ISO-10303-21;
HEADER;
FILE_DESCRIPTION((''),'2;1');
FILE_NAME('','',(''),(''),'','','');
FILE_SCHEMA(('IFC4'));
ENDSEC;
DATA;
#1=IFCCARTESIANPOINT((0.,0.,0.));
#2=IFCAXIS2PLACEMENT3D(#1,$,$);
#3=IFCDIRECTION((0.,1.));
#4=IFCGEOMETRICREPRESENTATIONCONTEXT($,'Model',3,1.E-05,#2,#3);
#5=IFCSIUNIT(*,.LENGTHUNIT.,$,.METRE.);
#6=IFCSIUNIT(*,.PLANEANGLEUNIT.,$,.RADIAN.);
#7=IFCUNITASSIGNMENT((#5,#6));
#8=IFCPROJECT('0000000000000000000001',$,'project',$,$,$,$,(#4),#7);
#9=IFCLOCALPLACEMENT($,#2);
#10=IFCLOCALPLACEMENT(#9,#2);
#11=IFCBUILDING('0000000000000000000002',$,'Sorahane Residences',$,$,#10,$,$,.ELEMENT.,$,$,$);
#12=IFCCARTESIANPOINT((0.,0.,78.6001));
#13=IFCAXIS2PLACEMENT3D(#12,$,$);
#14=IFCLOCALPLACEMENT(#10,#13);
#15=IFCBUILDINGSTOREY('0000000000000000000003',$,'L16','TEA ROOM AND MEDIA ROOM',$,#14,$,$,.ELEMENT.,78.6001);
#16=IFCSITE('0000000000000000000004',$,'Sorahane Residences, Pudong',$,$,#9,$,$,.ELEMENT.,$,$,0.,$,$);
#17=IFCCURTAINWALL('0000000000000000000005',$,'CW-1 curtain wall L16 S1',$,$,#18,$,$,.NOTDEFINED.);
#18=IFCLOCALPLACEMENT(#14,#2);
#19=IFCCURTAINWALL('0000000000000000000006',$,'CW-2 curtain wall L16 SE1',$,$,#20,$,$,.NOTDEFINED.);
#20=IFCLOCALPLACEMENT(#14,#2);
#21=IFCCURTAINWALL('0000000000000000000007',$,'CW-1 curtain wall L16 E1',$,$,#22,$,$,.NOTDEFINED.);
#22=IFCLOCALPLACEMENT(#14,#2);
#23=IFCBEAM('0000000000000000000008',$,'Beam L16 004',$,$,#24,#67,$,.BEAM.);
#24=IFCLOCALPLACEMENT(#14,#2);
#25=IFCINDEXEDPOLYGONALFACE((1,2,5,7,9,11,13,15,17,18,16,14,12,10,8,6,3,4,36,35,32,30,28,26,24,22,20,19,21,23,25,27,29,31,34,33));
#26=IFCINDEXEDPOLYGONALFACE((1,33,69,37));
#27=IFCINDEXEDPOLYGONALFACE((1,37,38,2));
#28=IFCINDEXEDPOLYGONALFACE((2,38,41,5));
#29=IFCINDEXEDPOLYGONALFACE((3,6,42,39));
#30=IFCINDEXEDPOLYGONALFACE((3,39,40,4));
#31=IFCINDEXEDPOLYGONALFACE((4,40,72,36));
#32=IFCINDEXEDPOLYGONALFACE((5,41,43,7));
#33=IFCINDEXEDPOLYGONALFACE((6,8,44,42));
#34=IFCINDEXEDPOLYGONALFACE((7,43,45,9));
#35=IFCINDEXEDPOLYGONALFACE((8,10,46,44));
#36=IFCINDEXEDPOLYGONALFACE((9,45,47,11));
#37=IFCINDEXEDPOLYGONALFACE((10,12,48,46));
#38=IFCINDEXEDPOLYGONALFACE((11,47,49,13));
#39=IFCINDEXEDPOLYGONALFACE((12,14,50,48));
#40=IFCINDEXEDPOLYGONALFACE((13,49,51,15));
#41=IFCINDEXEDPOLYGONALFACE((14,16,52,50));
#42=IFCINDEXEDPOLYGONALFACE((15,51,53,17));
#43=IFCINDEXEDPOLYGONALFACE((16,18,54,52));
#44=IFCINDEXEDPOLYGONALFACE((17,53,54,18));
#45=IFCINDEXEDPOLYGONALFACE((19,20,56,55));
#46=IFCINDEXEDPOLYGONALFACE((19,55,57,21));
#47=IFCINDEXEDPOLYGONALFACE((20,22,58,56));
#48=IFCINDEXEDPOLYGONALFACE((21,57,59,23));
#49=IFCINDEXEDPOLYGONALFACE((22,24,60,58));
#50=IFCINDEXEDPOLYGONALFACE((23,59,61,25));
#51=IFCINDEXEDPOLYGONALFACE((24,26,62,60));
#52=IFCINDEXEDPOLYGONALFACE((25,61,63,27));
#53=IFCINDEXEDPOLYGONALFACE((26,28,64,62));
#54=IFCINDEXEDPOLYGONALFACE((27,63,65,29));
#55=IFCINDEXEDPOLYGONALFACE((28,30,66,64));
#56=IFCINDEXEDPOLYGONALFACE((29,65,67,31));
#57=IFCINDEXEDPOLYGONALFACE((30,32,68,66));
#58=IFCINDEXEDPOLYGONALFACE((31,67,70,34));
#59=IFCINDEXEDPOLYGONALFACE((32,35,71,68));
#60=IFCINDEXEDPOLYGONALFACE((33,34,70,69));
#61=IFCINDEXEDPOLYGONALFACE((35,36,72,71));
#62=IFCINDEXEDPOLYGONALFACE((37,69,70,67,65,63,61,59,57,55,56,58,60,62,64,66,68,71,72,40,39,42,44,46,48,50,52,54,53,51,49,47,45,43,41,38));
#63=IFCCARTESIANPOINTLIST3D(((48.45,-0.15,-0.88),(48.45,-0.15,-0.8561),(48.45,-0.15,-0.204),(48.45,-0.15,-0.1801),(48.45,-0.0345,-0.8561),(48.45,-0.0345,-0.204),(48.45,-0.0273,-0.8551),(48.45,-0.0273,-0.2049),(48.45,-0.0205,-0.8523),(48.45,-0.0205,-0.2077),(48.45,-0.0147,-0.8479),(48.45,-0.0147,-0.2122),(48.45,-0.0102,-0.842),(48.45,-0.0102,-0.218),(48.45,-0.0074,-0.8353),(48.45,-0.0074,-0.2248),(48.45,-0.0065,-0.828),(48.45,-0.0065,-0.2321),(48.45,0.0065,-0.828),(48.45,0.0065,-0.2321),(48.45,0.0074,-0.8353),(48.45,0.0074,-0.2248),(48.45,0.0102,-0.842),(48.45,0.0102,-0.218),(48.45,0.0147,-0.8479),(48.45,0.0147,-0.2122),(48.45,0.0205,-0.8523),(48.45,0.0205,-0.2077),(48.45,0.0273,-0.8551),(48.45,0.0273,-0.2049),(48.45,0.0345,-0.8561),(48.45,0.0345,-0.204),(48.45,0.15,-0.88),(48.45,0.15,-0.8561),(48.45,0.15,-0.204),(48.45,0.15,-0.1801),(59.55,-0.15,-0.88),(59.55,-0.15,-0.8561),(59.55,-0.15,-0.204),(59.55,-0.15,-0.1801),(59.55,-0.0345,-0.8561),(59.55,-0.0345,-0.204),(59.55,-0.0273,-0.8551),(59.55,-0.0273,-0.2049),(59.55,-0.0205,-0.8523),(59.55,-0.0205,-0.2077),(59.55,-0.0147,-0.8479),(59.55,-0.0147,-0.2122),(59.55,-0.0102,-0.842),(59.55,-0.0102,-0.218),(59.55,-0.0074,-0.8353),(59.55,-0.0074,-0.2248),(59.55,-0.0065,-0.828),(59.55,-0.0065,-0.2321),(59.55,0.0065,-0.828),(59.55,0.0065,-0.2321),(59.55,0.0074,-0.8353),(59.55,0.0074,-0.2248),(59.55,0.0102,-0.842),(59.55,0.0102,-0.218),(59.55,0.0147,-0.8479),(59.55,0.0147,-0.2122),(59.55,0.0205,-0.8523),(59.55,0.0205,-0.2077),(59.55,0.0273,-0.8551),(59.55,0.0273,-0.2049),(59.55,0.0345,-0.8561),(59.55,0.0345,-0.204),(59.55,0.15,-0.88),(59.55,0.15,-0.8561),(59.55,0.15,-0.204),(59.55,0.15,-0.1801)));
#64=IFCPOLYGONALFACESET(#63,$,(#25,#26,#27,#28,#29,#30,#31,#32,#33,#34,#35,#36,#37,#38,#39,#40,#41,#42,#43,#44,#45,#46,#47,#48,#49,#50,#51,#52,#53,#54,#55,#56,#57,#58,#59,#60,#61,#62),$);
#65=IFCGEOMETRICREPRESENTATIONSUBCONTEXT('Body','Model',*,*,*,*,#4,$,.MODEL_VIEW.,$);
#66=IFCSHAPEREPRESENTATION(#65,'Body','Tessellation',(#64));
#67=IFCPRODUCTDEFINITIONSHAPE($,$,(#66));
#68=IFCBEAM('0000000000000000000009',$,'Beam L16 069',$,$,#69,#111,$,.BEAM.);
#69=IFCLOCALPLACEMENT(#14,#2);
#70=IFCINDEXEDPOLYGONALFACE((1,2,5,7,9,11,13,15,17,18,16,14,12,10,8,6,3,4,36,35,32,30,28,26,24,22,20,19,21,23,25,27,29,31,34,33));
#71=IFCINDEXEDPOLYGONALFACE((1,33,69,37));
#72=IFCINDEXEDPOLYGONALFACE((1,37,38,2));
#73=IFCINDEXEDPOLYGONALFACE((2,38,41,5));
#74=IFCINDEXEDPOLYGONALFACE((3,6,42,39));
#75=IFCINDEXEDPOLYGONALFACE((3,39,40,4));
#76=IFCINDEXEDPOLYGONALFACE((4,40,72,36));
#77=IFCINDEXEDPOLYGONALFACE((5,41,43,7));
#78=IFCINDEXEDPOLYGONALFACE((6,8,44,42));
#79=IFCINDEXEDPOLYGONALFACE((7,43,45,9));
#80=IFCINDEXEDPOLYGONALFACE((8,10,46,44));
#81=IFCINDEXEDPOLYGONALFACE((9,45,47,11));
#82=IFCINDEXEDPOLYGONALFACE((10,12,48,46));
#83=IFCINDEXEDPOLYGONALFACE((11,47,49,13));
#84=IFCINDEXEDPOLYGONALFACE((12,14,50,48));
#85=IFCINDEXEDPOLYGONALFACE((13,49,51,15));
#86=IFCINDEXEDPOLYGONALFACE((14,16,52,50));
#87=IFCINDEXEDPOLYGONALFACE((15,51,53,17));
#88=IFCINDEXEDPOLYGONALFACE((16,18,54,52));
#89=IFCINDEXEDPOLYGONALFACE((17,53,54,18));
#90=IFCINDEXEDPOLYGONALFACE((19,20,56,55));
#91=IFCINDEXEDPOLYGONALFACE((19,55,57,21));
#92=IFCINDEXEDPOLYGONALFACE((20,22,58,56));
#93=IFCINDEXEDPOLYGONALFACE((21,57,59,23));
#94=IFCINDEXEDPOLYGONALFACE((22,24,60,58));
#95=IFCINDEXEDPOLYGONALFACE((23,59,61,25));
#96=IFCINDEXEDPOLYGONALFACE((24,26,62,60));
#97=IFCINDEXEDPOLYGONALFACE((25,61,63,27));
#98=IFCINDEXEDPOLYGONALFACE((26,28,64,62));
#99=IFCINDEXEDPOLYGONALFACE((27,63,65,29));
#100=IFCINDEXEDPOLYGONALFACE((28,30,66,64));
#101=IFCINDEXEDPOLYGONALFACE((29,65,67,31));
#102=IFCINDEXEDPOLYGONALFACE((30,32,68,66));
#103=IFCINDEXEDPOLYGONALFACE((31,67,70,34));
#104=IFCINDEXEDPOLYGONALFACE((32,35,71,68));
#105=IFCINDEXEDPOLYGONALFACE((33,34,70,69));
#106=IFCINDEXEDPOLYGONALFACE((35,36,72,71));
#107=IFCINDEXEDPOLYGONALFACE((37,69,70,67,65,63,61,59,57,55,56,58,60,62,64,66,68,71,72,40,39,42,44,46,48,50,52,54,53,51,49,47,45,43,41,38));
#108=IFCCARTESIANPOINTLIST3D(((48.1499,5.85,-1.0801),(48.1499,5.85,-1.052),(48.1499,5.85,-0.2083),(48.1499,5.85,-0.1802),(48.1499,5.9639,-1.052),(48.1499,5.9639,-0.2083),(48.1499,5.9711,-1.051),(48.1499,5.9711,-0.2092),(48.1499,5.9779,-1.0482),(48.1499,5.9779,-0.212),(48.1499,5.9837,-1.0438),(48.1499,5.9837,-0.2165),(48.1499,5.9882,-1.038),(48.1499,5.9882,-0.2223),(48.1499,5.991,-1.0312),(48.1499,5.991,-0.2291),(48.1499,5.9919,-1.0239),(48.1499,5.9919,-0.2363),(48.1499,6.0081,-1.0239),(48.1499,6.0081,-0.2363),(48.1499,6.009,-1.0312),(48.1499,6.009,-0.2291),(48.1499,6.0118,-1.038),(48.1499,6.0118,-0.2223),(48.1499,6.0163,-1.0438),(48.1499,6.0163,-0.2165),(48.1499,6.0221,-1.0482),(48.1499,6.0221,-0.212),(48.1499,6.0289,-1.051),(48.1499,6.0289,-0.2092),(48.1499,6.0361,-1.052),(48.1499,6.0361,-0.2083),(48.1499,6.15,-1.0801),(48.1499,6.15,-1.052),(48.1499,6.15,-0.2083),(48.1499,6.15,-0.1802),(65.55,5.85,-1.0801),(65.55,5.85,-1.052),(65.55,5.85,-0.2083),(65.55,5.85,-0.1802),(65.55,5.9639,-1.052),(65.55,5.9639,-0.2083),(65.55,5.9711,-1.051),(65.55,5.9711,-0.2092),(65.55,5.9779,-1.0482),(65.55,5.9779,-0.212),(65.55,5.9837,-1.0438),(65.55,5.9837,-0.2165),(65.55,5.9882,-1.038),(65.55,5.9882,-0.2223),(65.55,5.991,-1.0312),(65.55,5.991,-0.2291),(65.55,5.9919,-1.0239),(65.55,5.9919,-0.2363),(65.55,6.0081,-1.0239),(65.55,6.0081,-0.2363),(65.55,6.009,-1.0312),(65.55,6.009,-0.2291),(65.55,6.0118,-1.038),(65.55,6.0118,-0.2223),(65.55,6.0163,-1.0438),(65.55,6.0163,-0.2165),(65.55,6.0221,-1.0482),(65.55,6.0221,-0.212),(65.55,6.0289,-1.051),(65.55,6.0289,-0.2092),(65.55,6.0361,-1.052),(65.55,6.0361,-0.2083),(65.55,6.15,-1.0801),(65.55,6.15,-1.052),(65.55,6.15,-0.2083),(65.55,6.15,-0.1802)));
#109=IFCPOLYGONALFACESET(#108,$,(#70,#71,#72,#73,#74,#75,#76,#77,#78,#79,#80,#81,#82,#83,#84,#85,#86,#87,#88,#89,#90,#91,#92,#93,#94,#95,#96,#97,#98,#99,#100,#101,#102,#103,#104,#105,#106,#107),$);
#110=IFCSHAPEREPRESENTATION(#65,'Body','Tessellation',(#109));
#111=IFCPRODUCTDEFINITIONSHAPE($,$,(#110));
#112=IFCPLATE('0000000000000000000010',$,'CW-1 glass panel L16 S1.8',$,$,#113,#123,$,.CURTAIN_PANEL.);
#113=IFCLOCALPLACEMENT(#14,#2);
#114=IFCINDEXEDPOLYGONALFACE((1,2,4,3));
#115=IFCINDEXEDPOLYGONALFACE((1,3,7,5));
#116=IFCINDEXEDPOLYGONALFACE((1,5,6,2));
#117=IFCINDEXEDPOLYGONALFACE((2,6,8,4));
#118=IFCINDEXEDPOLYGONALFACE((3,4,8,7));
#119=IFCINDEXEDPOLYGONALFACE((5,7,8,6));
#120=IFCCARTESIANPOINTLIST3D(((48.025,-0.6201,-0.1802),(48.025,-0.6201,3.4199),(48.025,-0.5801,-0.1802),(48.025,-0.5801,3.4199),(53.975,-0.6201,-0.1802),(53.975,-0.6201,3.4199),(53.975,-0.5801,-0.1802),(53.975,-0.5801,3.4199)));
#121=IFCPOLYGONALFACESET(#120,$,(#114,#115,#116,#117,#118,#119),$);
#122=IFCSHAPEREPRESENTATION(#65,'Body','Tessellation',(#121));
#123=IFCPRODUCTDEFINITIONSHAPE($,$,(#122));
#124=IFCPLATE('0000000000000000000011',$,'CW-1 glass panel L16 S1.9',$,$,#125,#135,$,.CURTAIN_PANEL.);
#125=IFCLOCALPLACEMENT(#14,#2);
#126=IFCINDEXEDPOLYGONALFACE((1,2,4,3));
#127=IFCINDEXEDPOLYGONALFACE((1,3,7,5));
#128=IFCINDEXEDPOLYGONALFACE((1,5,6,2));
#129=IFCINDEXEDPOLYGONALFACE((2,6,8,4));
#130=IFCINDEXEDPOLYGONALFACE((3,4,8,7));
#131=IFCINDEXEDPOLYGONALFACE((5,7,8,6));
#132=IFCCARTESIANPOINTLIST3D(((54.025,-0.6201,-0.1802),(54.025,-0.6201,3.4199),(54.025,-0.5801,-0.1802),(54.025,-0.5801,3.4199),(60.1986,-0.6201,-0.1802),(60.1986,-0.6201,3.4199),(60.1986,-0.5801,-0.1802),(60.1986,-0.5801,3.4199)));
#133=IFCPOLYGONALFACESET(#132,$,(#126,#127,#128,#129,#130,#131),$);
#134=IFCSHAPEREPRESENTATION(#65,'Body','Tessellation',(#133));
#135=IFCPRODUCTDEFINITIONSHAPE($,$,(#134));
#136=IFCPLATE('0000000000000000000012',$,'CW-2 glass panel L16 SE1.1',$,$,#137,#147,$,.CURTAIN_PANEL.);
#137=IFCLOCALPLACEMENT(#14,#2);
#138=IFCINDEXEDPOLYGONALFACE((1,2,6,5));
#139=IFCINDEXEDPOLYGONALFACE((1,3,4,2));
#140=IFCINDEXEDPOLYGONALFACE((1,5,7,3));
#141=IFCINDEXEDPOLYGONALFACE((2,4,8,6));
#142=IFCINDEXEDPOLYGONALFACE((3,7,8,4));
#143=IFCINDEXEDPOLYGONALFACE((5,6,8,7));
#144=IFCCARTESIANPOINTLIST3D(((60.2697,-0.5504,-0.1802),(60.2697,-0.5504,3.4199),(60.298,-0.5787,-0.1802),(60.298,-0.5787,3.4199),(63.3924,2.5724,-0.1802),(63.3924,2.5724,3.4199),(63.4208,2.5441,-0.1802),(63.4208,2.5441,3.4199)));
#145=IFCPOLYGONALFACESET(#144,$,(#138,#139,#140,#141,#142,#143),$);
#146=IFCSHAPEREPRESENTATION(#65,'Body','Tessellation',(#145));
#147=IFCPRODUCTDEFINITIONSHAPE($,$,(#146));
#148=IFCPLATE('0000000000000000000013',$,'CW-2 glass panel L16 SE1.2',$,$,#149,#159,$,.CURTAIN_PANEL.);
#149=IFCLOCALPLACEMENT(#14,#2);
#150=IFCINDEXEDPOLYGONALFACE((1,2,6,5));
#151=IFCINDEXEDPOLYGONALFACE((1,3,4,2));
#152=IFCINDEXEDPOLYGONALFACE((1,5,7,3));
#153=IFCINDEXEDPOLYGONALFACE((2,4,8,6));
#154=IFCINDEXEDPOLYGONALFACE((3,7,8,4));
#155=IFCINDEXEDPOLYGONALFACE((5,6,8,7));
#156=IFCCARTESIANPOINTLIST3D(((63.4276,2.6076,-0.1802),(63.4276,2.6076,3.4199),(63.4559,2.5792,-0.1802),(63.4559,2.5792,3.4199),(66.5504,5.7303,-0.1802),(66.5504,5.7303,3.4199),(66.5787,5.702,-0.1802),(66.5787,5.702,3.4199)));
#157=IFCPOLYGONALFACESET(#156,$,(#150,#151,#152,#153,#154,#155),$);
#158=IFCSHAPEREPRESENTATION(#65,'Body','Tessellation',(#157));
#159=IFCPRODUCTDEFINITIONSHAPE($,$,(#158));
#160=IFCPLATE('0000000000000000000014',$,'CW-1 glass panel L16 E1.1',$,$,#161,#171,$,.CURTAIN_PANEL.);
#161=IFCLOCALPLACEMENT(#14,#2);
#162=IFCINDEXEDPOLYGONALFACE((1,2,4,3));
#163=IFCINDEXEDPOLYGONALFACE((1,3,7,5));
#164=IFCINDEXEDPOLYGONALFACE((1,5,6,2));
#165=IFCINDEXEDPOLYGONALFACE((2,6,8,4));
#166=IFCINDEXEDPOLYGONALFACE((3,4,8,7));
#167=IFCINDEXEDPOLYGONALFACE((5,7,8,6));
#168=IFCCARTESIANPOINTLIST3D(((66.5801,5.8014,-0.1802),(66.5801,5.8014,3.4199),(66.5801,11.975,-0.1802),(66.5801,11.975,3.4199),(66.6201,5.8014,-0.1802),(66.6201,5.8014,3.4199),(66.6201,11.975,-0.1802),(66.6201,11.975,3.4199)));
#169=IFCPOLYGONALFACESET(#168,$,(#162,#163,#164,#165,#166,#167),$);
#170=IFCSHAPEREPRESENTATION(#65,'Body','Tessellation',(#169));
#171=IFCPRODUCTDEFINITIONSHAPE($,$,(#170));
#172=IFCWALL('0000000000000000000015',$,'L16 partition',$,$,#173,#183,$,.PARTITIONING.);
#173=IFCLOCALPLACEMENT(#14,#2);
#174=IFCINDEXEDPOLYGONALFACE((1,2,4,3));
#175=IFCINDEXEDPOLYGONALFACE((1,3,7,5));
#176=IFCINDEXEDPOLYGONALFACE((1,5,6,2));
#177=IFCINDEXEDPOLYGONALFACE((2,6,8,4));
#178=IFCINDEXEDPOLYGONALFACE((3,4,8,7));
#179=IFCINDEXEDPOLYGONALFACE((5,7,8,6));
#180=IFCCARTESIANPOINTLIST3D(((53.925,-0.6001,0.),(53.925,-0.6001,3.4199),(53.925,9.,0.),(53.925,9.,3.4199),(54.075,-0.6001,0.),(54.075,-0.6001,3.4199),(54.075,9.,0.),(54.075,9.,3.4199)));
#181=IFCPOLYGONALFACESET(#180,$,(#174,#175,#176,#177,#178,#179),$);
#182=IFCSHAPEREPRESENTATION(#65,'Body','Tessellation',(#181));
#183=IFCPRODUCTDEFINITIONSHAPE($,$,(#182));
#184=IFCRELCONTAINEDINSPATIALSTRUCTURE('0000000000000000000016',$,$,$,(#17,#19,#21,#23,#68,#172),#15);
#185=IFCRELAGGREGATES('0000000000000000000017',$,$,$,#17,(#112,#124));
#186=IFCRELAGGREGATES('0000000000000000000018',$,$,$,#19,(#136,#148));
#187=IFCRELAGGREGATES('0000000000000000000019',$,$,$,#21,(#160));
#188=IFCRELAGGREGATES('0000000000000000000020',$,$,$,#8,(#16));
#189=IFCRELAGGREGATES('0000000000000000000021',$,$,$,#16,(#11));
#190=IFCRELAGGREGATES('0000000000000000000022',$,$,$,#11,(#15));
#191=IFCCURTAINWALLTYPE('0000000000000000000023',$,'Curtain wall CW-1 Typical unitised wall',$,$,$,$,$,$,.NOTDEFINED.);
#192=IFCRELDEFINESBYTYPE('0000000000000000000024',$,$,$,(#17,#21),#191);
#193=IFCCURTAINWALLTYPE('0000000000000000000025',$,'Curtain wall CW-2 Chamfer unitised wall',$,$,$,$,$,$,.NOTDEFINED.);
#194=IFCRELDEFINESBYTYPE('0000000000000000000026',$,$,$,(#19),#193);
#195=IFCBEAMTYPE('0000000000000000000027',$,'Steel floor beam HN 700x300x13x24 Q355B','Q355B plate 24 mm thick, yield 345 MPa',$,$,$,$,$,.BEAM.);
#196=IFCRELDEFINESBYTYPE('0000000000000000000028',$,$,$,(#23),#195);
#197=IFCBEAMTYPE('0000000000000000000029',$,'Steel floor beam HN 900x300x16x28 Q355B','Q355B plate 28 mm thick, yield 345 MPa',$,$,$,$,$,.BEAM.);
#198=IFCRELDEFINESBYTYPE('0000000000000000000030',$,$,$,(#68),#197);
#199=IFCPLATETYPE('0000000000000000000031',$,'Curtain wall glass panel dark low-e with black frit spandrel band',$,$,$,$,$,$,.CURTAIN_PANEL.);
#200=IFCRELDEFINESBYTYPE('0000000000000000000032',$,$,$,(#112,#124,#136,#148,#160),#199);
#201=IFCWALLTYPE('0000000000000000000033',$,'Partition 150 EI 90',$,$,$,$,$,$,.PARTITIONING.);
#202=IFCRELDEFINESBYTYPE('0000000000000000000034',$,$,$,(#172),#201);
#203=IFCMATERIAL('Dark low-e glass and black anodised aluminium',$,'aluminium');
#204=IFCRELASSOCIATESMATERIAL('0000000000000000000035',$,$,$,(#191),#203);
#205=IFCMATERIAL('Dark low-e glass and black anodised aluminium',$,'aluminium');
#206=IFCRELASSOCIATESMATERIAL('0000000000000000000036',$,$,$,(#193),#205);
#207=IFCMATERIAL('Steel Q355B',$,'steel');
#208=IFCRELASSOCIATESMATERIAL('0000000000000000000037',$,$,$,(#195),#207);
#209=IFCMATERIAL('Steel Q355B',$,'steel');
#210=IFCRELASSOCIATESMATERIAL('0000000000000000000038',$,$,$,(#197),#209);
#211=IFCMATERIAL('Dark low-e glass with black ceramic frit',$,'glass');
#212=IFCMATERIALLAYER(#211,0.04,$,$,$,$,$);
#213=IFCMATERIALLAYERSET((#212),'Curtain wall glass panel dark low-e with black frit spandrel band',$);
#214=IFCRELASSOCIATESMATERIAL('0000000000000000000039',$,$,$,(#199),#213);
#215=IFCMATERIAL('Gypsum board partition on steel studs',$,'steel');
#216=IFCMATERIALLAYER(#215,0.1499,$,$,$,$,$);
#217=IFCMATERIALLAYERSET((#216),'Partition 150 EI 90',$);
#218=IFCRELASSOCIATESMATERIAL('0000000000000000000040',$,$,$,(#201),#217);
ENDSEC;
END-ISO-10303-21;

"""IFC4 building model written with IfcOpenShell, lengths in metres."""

from ifc_helpers import new_model, si_unit, direction, frame, frame_2d, origin, origin_2d, place, context, subcontext, project, spatial, rectangle, i_section, extrude, material, layer, layer_set, material_profile, profile_set, type_object, element, aggregate, save


model = new_model("IFC4")

# Units and contexts
model_context = context("Model", 3, precision=1e-05, world=origin(), true_north=direction((0.0, 1.0)))
body_context = subcontext(model_context, "Body", "Model", "MODEL_VIEW")
ifc_project = project(units=[si_unit("LENGTHUNIT", "METRE"), si_unit("PLANEANGLEUNIT", "RADIAN")], contexts=[model_context])

# Site, building, storey
site_placement = place(None, origin())
site = spatial("IfcSite", under=ifc_project, at=site_placement, Name="Sorahane Residences, Pudong", CompositionType="ELEMENT", RefElevation=0.0)
building_placement = place(site_placement, origin())
building = spatial("IfcBuilding", under=site, at=building_placement, Name="Sorahane Residences", CompositionType="ELEMENT")
storey_placement = place(building_placement, frame((0.0, 0.0, 78.6001)))
storey = spatial("IfcBuildingStorey", under=building, at=storey_placement, Name="L16", Description="TEA ROOM AND MEDIA ROOM", CompositionType="ELEMENT", Elevation=78.6001)

# Curtain walls
ifc_material_1 = material(Name="Dark low-e glass and black anodised aluminium", Category="aluminium")
curtain_wall_type_1 = type_object("IfcCurtainWallType", Name="Curtain wall CW-1 Typical unitised wall", PredefinedType="NOTDEFINED", material=ifc_material_1)
curtain_wall_1_placement = place(storey_placement, origin())
curtain_wall_1 = element("IfcCurtainWall", 1, at=curtain_wall_1_placement, inside=storey, type_object=curtain_wall_type_1, Name="CW-1 curtain wall L16 S1", PredefinedType="NOTDEFINED")
ifc_material_2 = material(Name="Dark low-e glass and black anodised aluminium", Category="aluminium")
curtain_wall_type_2 = type_object("IfcCurtainWallType", Name="Curtain wall CW-2 Chamfer unitised wall", PredefinedType="NOTDEFINED", material=ifc_material_2)
curtain_wall_2_placement = place(storey_placement, origin())
curtain_wall_2 = element("IfcCurtainWall", 2, at=curtain_wall_2_placement, inside=storey, type_object=curtain_wall_type_2, Name="CW-2 curtain wall L16 SE1", PredefinedType="NOTDEFINED")

# Curtain wall
curtain_wall_3_placement = place(storey_placement, origin())
curtain_wall_3 = element("IfcCurtainWall", 3, at=curtain_wall_3_placement, inside=storey, type_object=curtain_wall_type_1, Name="CW-1 curtain wall L16 E1", PredefinedType="NOTDEFINED")

# Beams
ifc_material_3 = material(Name="Steel Q355B", Category="steel")
ifc_material_profile_1 = material_profile(ifc_material_3, i_section(OverallWidth=0.3, OverallDepth=0.7, WebThickness=0.0129, FlangeThickness=0.0239, FilletRadius=0.0281, at=origin_2d()), Name="HN 700x300x13x24")
ifc_profile_set_1 = profile_set([ifc_material_profile_1], Name="Steel Q355B")
beam_type_1 = type_object("IfcBeamType", Name="Steel floor beam HN 700x300x13x24 Q355B", Description="Q355B plate 24 mm thick, yield 345 MPa", PredefinedType="BEAM", material=ifc_profile_set_1)
beam_1_placement = place(storey_placement, frame((48.45, 0.0, -0.53), z_axis=(1.0, 0.0, 0.0), x_axis=(0.0, 1.0, 0.0)))
element("IfcBeam", 4, at=beam_1_placement, inside=storey, type_object=beam_type_1, Name="Beam L16 004", PredefinedType="BEAM", context=body_context, shape_type="SweptSolid", body=[
    extrude(i_section(OverallWidth=0.3, OverallDepth=0.7, WebThickness=0.0129, FlangeThickness=0.0239, FilletRadius=0.0281, at=origin_2d()), origin(), (0.0, 0.0, 1.0), 11.1001),
])
ifc_material_4 = material(Name="Steel Q355B", Category="steel")
ifc_material_profile_2 = material_profile(ifc_material_4, i_section(OverallWidth=0.3, OverallDepth=0.8999, WebThickness=0.0161, FlangeThickness=0.0281, FilletRadius=0.0281, at=origin_2d()), Name="HN 900x300x16x28")
ifc_profile_set_2 = profile_set([ifc_material_profile_2], Name="Steel Q355B")
beam_type_2 = type_object("IfcBeamType", Name="Steel floor beam HN 900x300x16x28 Q355B", Description="Q355B plate 28 mm thick, yield 345 MPa", PredefinedType="BEAM", material=ifc_profile_set_2)
beam_2_placement = place(storey_placement, frame((48.1499, 6.0, -0.6301), z_axis=(1.0, 0.0, 0.0), x_axis=(0.0, 1.0, 0.0)))
element("IfcBeam", 5, at=beam_2_placement, inside=storey, type_object=beam_type_2, Name="Beam L16 069", PredefinedType="BEAM", context=body_context, shape_type="SweptSolid", body=[
    extrude(i_section(OverallWidth=0.3, OverallDepth=0.8999, WebThickness=0.0161, FlangeThickness=0.0281, FilletRadius=0.0281, at=origin_2d()), origin(), (0.0, 0.0, 1.0), 17.4001),
])

# Plates
ifc_material_5 = material(Name="Dark low-e glass with black ceramic frit", Category="glass")
ifc_layer_1 = layer(ifc_material_5, 0.04)
ifc_layer_set_1 = layer_set([ifc_layer_1], Name="Curtain wall glass panel dark low-e with black frit spandrel band")
plate_type = type_object("IfcPlateType", Name="Curtain wall glass panel dark low-e with black frit spandrel band", PredefinedType="CURTAIN_PANEL", material=ifc_layer_set_1)
plate_1_placement = place(storey_placement, frame((51.0, -0.6001, -0.1802), z_axis=(0.0, 0.0, 1.0), x_axis=(1.0, 0.0, 0.0)))
plate_1 = element("IfcPlate", 6, at=plate_1_placement, type_object=plate_type, Name="CW-1 glass panel L16 S1.8", PredefinedType="CURTAIN_PANEL", context=body_context, shape_type="SweptSolid", body=[
    extrude(rectangle(XDim=5.95, YDim=0.04, at=origin_2d()), origin(), (0.0, 0.0, 1.0), 3.6001),
])
plate_2_placement = place(storey_placement, frame((57.1118, -0.6001, -0.1802), z_axis=(0.0, 0.0, 1.0), x_axis=(1.0, 0.0, 0.0)))
plate_2 = element("IfcPlate", 7, at=plate_2_placement, type_object=plate_type, Name="CW-1 glass panel L16 S1.9", PredefinedType="CURTAIN_PANEL", context=body_context, shape_type="SweptSolid", body=[
    extrude(rectangle(XDim=6.1736, YDim=0.04, at=origin_2d()), origin(), (0.0, 0.0, 1.0), 3.6001),
])
aggregate(curtain_wall_1, [plate_1, plate_2])
plate_3_placement = place(storey_placement, frame((61.8452, 0.9968, -0.1802), z_axis=(0.0, 0.0, 1.0), x_axis=(0.707107, 0.707107, 0.0)))
plate_3 = element("IfcPlate", 8, at=plate_3_placement, type_object=plate_type, Name="CW-2 glass panel L16 SE1.1", PredefinedType="CURTAIN_PANEL", context=body_context, shape_type="SweptSolid", body=[
    extrude(rectangle(XDim=4.4163, YDim=0.04, at=origin_2d()), origin(), (0.0, 0.0, 1.0), 3.6001),
])
plate_4_placement = place(storey_placement, frame((65.0032, 4.1548, -0.1802), z_axis=(0.0, 0.0, 1.0), x_axis=(0.707107, 0.707107, 0.0)))
plate_4 = element("IfcPlate", 9, at=plate_4_placement, type_object=plate_type, Name="CW-2 glass panel L16 SE1.2", PredefinedType="CURTAIN_PANEL", context=body_context, shape_type="SweptSolid", body=[
    extrude(rectangle(XDim=4.4163, YDim=0.04, at=origin_2d()), origin(), (0.0, 0.0, 1.0), 3.6001),
])
aggregate(curtain_wall_2, [plate_3, plate_4])
plate_5_placement = place(storey_placement, frame((66.6001, 8.8882, -0.1802), z_axis=(0.0, 0.0, 1.0), x_axis=(0.0, 1.0, 0.0)))
plate_5 = element("IfcPlate", 10, at=plate_5_placement, type_object=plate_type, Name="CW-1 glass panel L16 E1.1", PredefinedType="CURTAIN_PANEL", context=body_context, shape_type="SweptSolid", body=[
    extrude(rectangle(XDim=6.1736, YDim=0.04, at=origin_2d()), origin(), (0.0, 0.0, 1.0), 3.6001),
])
aggregate(curtain_wall_3, [plate_5])

# Wall
ifc_material_6 = material(Name="Gypsum board partition on steel studs", Category="steel")
ifc_layer_2 = layer(ifc_material_6, 0.1499)
ifc_layer_set_2 = layer_set([ifc_layer_2], Name="Partition 150 EI 90")
wall_type_1 = type_object("IfcWallType", Name="Partition 150 EI 90", PredefinedType="PARTITIONING", material=ifc_layer_set_2)
wall_1_placement = place(storey_placement, frame((54.0, -0.6001, 0.0), z_axis=(0.0, 0.0, 1.0), x_axis=(0.0, 1.0, 0.0)))
element("IfcWall", 11, at=wall_1_placement, inside=storey, type_object=wall_type_1, Name="L16 partition", PredefinedType="PARTITIONING", context=body_context, shape_type="SweptSolid", body=[
    extrude(rectangle(XDim=9.6001, YDim=0.1499, at=frame_2d((4.8, 0.0))), origin(), (0.0, 0.0, 1.0), 3.4199),
])

save(model, "model.ifc")
